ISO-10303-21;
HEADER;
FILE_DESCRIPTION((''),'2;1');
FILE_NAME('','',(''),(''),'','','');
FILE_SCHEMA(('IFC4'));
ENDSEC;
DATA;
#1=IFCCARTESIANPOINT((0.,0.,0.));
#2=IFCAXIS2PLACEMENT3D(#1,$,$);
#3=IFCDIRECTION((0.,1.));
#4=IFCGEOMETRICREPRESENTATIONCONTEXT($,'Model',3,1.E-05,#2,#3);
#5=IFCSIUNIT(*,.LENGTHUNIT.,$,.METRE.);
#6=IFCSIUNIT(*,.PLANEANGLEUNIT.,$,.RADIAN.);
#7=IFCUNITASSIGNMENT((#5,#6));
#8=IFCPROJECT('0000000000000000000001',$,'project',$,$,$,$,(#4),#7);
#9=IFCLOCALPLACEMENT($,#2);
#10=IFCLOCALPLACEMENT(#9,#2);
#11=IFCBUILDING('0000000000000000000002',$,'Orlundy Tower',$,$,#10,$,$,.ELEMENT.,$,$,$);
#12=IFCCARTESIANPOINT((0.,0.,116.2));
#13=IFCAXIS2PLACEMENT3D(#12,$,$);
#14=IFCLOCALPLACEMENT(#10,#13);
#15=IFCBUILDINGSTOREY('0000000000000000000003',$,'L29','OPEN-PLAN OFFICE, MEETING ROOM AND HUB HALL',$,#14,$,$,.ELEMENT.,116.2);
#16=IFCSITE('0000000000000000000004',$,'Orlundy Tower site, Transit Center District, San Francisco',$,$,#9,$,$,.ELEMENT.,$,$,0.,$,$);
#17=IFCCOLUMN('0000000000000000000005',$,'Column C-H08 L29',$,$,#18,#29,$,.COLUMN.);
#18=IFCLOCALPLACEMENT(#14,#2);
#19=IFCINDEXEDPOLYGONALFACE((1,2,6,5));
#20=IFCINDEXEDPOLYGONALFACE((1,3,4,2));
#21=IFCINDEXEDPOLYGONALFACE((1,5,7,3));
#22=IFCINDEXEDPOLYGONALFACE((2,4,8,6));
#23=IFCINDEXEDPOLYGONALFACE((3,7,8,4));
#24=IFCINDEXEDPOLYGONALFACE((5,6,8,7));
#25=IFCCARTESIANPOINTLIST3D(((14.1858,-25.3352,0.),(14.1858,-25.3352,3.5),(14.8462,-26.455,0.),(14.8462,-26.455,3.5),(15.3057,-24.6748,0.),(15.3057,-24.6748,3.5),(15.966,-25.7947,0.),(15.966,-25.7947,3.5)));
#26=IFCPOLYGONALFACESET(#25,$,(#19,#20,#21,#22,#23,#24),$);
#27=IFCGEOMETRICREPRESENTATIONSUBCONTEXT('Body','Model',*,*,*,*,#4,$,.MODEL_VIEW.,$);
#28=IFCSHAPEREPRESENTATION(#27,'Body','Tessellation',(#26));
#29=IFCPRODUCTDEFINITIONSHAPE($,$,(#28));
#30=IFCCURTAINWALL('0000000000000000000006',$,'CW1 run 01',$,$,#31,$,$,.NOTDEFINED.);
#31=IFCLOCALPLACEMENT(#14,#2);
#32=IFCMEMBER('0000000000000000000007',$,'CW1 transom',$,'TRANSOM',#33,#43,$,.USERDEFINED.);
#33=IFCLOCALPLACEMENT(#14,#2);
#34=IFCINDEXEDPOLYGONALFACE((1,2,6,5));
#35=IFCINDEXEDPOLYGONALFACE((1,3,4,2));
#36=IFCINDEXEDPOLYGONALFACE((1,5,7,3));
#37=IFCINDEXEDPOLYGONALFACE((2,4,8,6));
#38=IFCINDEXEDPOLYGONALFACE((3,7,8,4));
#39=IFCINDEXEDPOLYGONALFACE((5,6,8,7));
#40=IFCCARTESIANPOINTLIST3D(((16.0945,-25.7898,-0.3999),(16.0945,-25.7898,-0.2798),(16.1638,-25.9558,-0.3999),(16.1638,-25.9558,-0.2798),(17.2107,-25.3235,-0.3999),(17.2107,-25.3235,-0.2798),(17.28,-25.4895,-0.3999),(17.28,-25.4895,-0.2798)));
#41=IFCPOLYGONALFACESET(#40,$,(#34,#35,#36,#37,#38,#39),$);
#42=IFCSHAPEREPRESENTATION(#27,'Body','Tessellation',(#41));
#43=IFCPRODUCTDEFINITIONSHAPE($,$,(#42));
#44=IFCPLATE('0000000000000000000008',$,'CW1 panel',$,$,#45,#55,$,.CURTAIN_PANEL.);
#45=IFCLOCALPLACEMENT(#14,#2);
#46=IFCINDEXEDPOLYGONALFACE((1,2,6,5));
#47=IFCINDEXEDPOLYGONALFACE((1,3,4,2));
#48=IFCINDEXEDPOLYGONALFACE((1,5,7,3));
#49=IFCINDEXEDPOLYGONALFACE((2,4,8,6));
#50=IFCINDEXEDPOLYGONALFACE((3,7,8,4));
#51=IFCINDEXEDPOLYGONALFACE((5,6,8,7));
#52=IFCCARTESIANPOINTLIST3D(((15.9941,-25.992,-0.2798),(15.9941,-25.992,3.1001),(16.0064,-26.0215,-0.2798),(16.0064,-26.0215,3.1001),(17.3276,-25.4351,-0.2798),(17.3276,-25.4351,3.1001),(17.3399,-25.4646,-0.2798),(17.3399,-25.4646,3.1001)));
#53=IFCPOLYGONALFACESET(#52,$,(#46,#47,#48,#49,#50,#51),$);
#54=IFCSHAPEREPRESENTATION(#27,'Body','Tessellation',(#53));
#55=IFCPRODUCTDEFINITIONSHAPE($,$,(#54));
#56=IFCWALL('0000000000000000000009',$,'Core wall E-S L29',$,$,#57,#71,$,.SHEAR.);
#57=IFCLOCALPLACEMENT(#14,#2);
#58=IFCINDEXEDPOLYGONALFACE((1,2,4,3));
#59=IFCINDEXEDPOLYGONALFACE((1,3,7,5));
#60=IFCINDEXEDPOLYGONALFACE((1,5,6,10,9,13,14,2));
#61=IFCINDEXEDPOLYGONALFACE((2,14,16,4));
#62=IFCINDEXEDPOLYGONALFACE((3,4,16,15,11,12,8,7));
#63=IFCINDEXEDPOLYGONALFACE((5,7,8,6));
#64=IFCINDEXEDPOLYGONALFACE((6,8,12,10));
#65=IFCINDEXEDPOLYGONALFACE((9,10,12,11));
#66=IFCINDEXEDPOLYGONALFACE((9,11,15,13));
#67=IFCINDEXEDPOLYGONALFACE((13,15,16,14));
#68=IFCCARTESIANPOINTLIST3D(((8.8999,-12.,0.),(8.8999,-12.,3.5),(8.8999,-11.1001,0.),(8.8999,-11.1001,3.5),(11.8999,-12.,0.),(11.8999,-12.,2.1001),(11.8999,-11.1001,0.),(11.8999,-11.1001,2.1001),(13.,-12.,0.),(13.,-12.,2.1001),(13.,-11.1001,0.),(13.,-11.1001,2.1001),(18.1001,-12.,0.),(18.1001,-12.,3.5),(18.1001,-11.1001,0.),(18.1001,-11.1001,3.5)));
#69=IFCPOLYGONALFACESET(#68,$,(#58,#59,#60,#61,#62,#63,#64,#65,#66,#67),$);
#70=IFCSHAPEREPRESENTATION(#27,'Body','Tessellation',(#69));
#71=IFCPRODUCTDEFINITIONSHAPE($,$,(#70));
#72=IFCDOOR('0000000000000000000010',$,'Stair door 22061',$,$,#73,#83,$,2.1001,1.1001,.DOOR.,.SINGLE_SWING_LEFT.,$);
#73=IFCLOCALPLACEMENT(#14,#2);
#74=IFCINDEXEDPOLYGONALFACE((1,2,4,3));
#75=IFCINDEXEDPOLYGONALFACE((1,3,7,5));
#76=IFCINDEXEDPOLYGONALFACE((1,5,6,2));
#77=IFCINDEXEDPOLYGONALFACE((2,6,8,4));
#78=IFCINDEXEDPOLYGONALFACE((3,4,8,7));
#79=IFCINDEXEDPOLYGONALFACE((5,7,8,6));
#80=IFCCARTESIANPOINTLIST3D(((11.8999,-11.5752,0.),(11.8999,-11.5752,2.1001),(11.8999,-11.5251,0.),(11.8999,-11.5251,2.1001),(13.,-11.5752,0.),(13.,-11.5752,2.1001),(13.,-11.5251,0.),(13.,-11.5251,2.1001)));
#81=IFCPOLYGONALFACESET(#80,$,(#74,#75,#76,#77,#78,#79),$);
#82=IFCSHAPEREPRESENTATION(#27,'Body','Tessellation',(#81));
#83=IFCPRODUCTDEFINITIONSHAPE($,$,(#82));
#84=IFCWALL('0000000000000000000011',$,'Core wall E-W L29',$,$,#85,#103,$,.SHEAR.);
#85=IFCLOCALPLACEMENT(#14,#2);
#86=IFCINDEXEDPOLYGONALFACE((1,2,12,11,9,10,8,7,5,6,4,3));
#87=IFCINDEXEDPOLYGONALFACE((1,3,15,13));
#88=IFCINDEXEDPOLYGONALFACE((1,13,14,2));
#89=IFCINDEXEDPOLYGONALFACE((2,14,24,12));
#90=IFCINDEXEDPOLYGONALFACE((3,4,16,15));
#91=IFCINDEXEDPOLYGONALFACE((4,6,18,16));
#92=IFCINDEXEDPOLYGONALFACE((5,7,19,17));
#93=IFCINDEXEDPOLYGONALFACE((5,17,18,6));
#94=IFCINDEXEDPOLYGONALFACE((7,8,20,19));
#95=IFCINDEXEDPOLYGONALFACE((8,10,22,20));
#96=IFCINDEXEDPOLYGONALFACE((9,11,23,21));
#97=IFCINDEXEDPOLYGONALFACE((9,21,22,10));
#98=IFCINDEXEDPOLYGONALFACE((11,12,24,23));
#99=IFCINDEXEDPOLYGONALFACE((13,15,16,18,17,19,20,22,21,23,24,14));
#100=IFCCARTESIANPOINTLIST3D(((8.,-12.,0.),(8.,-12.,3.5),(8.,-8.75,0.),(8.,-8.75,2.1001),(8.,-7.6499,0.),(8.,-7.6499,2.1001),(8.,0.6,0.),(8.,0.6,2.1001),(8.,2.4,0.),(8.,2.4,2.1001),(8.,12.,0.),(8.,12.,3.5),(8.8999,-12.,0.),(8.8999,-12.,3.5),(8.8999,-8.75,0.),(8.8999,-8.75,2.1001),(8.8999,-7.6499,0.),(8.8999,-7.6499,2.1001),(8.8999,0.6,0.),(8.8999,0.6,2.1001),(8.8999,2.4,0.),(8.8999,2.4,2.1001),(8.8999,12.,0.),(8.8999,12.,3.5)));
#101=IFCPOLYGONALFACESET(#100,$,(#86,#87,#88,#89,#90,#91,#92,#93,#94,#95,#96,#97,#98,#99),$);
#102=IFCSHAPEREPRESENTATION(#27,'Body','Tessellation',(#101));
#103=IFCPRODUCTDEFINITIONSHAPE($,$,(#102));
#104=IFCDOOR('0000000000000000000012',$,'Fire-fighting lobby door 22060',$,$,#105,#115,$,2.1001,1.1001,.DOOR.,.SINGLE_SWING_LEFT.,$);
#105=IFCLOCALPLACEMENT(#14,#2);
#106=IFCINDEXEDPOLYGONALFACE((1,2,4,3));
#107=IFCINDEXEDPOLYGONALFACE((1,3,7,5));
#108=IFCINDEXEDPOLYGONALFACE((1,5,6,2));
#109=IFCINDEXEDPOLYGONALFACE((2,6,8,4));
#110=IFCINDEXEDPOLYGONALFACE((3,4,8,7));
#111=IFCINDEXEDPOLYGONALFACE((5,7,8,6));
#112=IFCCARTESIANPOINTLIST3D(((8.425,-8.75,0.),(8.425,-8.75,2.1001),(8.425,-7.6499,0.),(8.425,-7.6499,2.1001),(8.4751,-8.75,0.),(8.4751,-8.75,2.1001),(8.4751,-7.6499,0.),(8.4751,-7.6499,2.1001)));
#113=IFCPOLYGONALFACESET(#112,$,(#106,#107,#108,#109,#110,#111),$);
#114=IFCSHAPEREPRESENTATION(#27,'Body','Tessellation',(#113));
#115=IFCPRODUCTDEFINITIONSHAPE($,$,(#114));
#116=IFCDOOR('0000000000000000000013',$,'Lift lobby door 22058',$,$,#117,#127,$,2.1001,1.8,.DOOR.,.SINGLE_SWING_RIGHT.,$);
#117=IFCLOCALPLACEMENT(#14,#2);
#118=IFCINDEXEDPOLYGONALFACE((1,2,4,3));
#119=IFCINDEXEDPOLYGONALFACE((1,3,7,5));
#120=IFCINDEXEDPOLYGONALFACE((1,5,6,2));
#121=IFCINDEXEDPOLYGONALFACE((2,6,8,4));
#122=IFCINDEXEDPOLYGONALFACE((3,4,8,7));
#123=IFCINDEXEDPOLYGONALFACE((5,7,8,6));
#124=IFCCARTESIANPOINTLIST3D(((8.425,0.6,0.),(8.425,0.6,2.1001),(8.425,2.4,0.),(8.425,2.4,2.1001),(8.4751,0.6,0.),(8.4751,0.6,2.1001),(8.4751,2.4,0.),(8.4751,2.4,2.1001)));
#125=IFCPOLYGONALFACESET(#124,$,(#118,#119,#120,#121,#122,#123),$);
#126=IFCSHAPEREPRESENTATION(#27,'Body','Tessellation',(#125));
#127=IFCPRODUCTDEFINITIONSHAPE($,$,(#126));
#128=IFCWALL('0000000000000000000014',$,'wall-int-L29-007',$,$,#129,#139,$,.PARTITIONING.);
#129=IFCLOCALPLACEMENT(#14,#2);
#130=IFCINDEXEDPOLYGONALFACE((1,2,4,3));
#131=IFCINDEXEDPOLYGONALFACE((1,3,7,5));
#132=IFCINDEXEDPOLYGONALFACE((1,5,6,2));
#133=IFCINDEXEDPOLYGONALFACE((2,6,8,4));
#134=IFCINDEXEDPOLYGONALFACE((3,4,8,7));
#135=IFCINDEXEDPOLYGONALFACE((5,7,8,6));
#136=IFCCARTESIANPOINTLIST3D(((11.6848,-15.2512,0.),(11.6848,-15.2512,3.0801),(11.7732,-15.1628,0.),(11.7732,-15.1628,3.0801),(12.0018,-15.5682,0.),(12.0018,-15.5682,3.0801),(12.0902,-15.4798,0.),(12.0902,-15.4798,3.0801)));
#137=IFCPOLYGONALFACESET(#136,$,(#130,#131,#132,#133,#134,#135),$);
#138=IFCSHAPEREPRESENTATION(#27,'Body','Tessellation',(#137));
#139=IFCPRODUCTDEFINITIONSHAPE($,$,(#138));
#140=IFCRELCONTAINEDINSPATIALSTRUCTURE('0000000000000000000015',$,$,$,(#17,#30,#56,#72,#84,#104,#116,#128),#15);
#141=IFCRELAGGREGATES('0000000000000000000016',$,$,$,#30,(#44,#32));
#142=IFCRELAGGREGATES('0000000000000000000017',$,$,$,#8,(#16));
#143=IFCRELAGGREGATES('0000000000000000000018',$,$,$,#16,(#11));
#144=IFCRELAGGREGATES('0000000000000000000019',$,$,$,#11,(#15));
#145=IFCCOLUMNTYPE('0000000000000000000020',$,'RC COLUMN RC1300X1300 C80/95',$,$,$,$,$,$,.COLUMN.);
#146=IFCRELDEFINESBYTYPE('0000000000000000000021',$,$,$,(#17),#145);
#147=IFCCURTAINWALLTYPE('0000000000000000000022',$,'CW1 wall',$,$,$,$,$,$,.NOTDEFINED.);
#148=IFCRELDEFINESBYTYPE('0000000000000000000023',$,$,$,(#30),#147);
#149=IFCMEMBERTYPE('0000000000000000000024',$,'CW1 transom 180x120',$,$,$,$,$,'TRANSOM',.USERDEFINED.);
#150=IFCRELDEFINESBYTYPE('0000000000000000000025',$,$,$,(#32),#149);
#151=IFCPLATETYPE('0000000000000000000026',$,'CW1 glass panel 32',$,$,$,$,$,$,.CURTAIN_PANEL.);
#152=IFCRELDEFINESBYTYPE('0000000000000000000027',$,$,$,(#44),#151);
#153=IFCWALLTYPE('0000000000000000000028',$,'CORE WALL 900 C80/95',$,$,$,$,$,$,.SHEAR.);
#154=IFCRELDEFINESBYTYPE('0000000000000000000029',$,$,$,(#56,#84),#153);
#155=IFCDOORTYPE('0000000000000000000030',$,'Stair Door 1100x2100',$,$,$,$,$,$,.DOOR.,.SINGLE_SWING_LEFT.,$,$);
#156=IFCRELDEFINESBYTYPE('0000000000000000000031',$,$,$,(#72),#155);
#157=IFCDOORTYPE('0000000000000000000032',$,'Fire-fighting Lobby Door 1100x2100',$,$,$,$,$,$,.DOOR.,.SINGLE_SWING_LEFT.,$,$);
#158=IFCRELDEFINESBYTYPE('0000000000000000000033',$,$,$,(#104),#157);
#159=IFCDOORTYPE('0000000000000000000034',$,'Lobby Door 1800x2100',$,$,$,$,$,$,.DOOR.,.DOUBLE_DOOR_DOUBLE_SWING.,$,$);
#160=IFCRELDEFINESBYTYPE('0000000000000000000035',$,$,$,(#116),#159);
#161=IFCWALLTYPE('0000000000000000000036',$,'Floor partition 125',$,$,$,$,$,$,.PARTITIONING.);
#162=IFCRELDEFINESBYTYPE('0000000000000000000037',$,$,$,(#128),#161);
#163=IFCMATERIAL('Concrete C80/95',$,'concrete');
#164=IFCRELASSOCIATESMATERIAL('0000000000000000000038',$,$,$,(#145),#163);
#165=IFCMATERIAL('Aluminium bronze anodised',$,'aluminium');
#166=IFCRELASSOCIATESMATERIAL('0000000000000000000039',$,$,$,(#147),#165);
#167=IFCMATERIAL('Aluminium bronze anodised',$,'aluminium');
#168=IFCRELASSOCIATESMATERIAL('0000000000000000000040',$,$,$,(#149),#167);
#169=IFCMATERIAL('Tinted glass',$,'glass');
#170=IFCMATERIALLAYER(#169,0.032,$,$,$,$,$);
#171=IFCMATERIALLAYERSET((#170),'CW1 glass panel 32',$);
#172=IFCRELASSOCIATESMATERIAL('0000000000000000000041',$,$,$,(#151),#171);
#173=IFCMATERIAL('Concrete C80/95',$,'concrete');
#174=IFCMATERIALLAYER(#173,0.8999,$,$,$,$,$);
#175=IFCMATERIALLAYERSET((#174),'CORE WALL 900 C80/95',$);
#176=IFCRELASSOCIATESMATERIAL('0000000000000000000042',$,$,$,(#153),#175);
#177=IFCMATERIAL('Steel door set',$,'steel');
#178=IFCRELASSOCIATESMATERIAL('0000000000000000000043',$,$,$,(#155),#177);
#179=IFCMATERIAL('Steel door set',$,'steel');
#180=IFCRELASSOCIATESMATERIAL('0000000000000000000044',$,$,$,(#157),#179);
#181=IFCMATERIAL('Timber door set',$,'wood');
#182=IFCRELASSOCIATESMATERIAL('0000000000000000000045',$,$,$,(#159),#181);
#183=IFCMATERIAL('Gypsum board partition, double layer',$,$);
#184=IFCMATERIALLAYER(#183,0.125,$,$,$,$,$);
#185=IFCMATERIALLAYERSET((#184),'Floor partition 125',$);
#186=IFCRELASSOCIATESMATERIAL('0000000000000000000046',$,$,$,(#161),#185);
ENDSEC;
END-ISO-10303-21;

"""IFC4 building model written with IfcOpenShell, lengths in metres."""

from ifc_helpers import new_model, si_unit, direction, frame, frame_2d, origin, origin_2d, place, context, subcontext, project, spatial, rectangle, extrude, material, layer, layer_set, material_profile, profile_set, type_object, element, fill, aggregate, save


model = new_model("IFC4")

# Units and contexts
model_context = context("Model", 3, precision=1e-05, world=origin(), true_north=direction((0.0, 1.0)))
body_context = subcontext(model_context, "Body", "Model", "MODEL_VIEW")
ifc_project = project(units=[si_unit("LENGTHUNIT", "METRE"), si_unit("PLANEANGLEUNIT", "RADIAN")], contexts=[model_context])

# Site, building, storey
site_placement = place(None, origin())
site = spatial("IfcSite", under=ifc_project, at=site_placement, Name="Orlundy Tower site, Transit Center District, San Francisco", CompositionType="ELEMENT", RefElevation=0.0)
building_placement = place(site_placement, origin())
building = spatial("IfcBuilding", under=site, at=building_placement, Name="Orlundy Tower", CompositionType="ELEMENT")
storey_placement = place(building_placement, frame((0.0, 0.0, 116.2)))
storey = spatial("IfcBuildingStorey", under=building, at=storey_placement, Name="L29", Description="OPEN-PLAN OFFICE, MEETING ROOM AND HUB HALL", CompositionType="ELEMENT", Elevation=116.2)

# Column
ifc_material_1 = material(Name="Concrete C80/95", Category="concrete")
ifc_material_profile_1 = material_profile(ifc_material_1, rectangle(XDim=1.3, YDim=1.3, at=origin_2d()), Name="RC1300X1300")
ifc_profile_set_1 = profile_set([ifc_material_profile_1], Name="Concrete C80/95")
column_type = type_object("IfcColumnType", Name="RC COLUMN RC1300X1300 C80/95", PredefinedType="COLUMN", material=ifc_profile_set_1)
column_placement = place(storey_placement, frame((15.0759, -25.5649, 0.0), z_axis=(0.0, 0.0, 1.0), x_axis=(0.507959, -0.861381, 0.0)))
element("IfcColumn", 1, at=column_placement, inside=storey, type_object=column_type, Name="Column C-H08 L29", PredefinedType="COLUMN", context=body_context, shape_type="SweptSolid", body=[
    extrude(rectangle(XDim=1.3, YDim=1.3, at=origin_2d()), origin(), (0.0, 0.0, 1.0), 3.5),
])

# Curtain wall, member, plate
ifc_material_2 = material(Name="Aluminium bronze anodised", Category="aluminium")
curtain_wall_type = type_object("IfcCurtainWallType", Name="CW1 wall", PredefinedType="NOTDEFINED", material=ifc_material_2)
curtain_wall_placement = place(storey_placement, origin())
curtain_wall = element("IfcCurtainWall", 2, at=curtain_wall_placement, inside=storey, type_object=curtain_wall_type, Name="CW1 run 01", PredefinedType="NOTDEFINED")
ifc_material_3 = material(Name="Aluminium bronze anodised", Category="aluminium")
ifc_material_profile_2 = material_profile(ifc_material_3, rectangle(XDim=0.1799, YDim=0.1201, at=origin_2d()), Name="CW1 transom 180x120")
ifc_profile_set_2 = profile_set([ifc_material_profile_2], Name="Aluminium bronze anodised")
member_type = type_object("IfcMemberType", Name="CW1 transom 180x120", ElementType="TRANSOM", PredefinedType="USERDEFINED", material=ifc_profile_set_2)
member_placement = place(storey_placement, frame((17.2454, -25.4065, -0.3398), z_axis=(-0.922718, -0.385475, 0.0), x_axis=(0.385475, -0.922718, 0.0)))
member = element("IfcMember", 3, at=member_placement, type_object=member_type, Name="CW1 transom", ObjectType="TRANSOM", PredefinedType="USERDEFINED", context=body_context, shape_type="SweptSolid", body=[
    extrude(rectangle(XDim=0.1799, YDim=0.1201, at=origin_2d()), origin(), (0.0, 0.0, 1.0), 1.2097),
])
ifc_material_4 = material(Name="Tinted glass", Category="glass")
ifc_layer_1 = layer(ifc_material_4, 0.032)
ifc_layer_set_1 = layer_set([ifc_layer_1], Name="CW1 glass panel 32")
plate_type = type_object("IfcPlateType", Name="CW1 glass panel 32", PredefinedType="CURTAIN_PANEL", material=ifc_layer_set_1)
plate_placement = place(storey_placement, frame((16.667, -25.7283, -0.2798), z_axis=(0.0, 0.0, 1.0), x_axis=(-0.922759, -0.385377, 0.0)))
plate = element("IfcPlate", 4, at=plate_placement, type_object=plate_type, Name="CW1 panel", PredefinedType="CURTAIN_PANEL", context=body_context, shape_type="SweptSolid", body=[
    extrude(rectangle(XDim=1.4451, YDim=0.032, at=origin_2d()), origin(), (0.0, 0.0, 1.0), 3.3799),
])
aggregate(curtain_wall, [plate, member])

# Wall, opening, door
ifc_material_5 = material(Name="Concrete C80/95", Category="concrete")
ifc_layer_2 = layer(ifc_material_5, 0.8999)
ifc_layer_set_2 = layer_set([ifc_layer_2], Name="CORE WALL 900 C80/95")
wall_type_1 = type_object("IfcWallType", Name="CORE WALL 900 C80/95", PredefinedType="SHEAR", material=ifc_layer_set_2)
wall_1_placement = place(storey_placement, frame((8.8999, -11.55, 0.0), z_axis=(0.0, 0.0, 1.0), x_axis=(1.0, 0.0, 0.0)))
wall_1 = element("IfcWall", 5, at=wall_1_placement, inside=storey, type_object=wall_type_1, Name="Core wall E-S L29", PredefinedType="SHEAR", context=body_context, shape_type="SweptSolid", body=[
    extrude(rectangle(XDim=9.2002, YDim=0.8999, at=frame_2d((4.6001, 0.0))), origin(), (0.0, 0.0, 1.0), 3.5),
])
opening_1_placement = place(wall_1_placement, frame((3.0, 0.0, 0.0)))
opening_1 = element("IfcOpeningElement", 6, at=opening_1_placement, cuts=wall_1, PredefinedType="OPENING", context=body_context, shape_type="SweptSolid", body=[
    extrude(rectangle(XDim=1.1001, YDim=2.1001, at=frame_2d((0.55, 1.05))), frame((0.0, 0.46, 0.0), z_axis=(0.0, -1.0, 0.0), x_axis=(1.0, 0.0, 0.0)), (0.0, 0.0, 1.0), 0.9199),
])
ifc_material_6 = material(Name="Steel door set", Category="steel")
door_type_1 = type_object("IfcDoorType", Name="Stair Door 1100x2100", OperationType="SINGLE_SWING_LEFT", PredefinedType="DOOR", material=ifc_material_6)
door_1_placement = place(opening_1_placement, origin())
door_1 = element("IfcDoor", 7, at=door_1_placement, inside=storey, type_object=door_type_1, Name="Stair door 22061", OperationType="SINGLE_SWING_LEFT", OverallHeight=2.1001, OverallWidth=1.1001, PredefinedType="DOOR", context=body_context, shape_type="SweptSolid", body=[
    extrude(rectangle(XDim=1.1001, YDim=2.1001, at=frame_2d((0.55, 1.05))), frame((0.0, 0.0249, 0.0), z_axis=(0.0, -1.0, 0.0), x_axis=(1.0, 0.0, 0.0)), (0.0, 0.0, 1.0), 0.05),
])
fill(opening_1, door_1)

# Wall, openings, doors
wall_2_placement = place(storey_placement, frame((8.45, -12.0, 0.0), z_axis=(0.0, 0.0, 1.0), x_axis=(0.0, 1.0, 0.0)))
wall_2 = element("IfcWall", 8, at=wall_2_placement, inside=storey, type_object=wall_type_1, Name="Core wall E-W L29", PredefinedType="SHEAR", context=body_context, shape_type="SweptSolid", body=[
    extrude(rectangle(XDim=24.0, YDim=0.8999, at=frame_2d((12.0, 0.0))), origin(), (0.0, 0.0, 1.0), 3.5),
])
opening_2_placement = place(wall_2_placement, frame((12.6001, 0.0, 0.0)))
opening_2 = element("IfcOpeningElement", 9, at=opening_2_placement, cuts=wall_2, PredefinedType="OPENING", context=body_context, shape_type="SweptSolid", body=[
    extrude(rectangle(XDim=1.8, YDim=2.1001, at=frame_2d((0.8999, 1.05))), frame((0.0, 0.46, 0.0), z_axis=(0.0, -1.0, 0.0), x_axis=(1.0, 0.0, 0.0)), (0.0, 0.0, 1.0), 0.9199),
])
opening_3_placement = place(wall_2_placement, frame((3.25, 0.0, 0.0)))
opening_3 = element("IfcOpeningElement", 10, at=opening_3_placement, cuts=wall_2, PredefinedType="OPENING", context=body_context, shape_type="SweptSolid", body=[
    extrude(rectangle(XDim=1.1001, YDim=2.1001, at=frame_2d((0.55, 1.05))), frame((0.0, 0.46, 0.0), z_axis=(0.0, -1.0, 0.0), x_axis=(1.0, 0.0, 0.0)), (0.0, 0.0, 1.0), 0.9199),
])
ifc_material_7 = material(Name="Steel door set", Category="steel")
door_type_2 = type_object("IfcDoorType", Name="Fire-fighting Lobby Door 1100x2100", OperationType="SINGLE_SWING_LEFT", PredefinedType="DOOR", material=ifc_material_7)
door_2_placement = place(opening_3_placement, origin())
door_2 = element("IfcDoor", 11, at=door_2_placement, inside=storey, type_object=door_type_2, Name="Fire-fighting lobby door 22060", OperationType="SINGLE_SWING_LEFT", OverallHeight=2.1001, OverallWidth=1.1001, PredefinedType="DOOR", context=body_context, shape_type="SweptSolid", body=[
    extrude(rectangle(XDim=1.1001, YDim=2.1001, at=frame_2d((0.55, 1.05))), frame((0.0, 0.0249, 0.0), z_axis=(0.0, -1.0, 0.0), x_axis=(1.0, 0.0, 0.0)), (0.0, 0.0, 1.0), 0.05),
])
fill(opening_3, door_2)
ifc_material_8 = material(Name="Timber door set", Category="wood")
door_type_3 = type_object("IfcDoorType", Name="Lobby Door 1800x2100", OperationType="DOUBLE_DOOR_DOUBLE_SWING", PredefinedType="DOOR", material=ifc_material_8)
door_3_placement = place(opening_2_placement, origin())
door_3 = element("IfcDoor", 12, at=door_3_placement, inside=storey, type_object=door_type_3, Name="Lift lobby door 22058", OperationType="SINGLE_SWING_RIGHT", OverallHeight=2.1001, OverallWidth=1.8, PredefinedType="DOOR", context=body_context, shape_type="SweptSolid", body=[
    extrude(rectangle(XDim=1.8, YDim=2.1001, at=frame_2d((0.8999, 1.05))), frame((0.0, 0.0249, 0.0), z_axis=(0.0, -1.0, 0.0), x_axis=(1.0, 0.0, 0.0)), (0.0, 0.0, 1.0), 0.05),
])
fill(opening_2, door_3)

# Wall
ifc_material_9 = material(Name="Gypsum board partition, double layer")
ifc_layer_3 = layer(ifc_material_9, 0.125)
ifc_layer_set_3 = layer_set([ifc_layer_3], Name="Floor partition 125")
wall_type_2 = type_object("IfcWallType", Name="Floor partition 125", PredefinedType="PARTITIONING", material=ifc_layer_set_3)
wall_3_placement = place(storey_placement, frame((11.729, -15.207, 0.0), z_axis=(0.0, 0.0, 1.0), x_axis=(0.707107, -0.707107, 0.0)))
element("IfcWall", 13, at=wall_3_placement, inside=storey, type_object=wall_type_2, Name="wall-int-L29-007", PredefinedType="PARTITIONING", context=body_context, shape_type="SweptSolid", body=[
    extrude(rectangle(XDim=0.4482, YDim=0.125, at=frame_2d((0.2241, 0.0))), origin(), (0.0, 0.0, 1.0), 3.0801),
])

save(model, "model.ifc")
